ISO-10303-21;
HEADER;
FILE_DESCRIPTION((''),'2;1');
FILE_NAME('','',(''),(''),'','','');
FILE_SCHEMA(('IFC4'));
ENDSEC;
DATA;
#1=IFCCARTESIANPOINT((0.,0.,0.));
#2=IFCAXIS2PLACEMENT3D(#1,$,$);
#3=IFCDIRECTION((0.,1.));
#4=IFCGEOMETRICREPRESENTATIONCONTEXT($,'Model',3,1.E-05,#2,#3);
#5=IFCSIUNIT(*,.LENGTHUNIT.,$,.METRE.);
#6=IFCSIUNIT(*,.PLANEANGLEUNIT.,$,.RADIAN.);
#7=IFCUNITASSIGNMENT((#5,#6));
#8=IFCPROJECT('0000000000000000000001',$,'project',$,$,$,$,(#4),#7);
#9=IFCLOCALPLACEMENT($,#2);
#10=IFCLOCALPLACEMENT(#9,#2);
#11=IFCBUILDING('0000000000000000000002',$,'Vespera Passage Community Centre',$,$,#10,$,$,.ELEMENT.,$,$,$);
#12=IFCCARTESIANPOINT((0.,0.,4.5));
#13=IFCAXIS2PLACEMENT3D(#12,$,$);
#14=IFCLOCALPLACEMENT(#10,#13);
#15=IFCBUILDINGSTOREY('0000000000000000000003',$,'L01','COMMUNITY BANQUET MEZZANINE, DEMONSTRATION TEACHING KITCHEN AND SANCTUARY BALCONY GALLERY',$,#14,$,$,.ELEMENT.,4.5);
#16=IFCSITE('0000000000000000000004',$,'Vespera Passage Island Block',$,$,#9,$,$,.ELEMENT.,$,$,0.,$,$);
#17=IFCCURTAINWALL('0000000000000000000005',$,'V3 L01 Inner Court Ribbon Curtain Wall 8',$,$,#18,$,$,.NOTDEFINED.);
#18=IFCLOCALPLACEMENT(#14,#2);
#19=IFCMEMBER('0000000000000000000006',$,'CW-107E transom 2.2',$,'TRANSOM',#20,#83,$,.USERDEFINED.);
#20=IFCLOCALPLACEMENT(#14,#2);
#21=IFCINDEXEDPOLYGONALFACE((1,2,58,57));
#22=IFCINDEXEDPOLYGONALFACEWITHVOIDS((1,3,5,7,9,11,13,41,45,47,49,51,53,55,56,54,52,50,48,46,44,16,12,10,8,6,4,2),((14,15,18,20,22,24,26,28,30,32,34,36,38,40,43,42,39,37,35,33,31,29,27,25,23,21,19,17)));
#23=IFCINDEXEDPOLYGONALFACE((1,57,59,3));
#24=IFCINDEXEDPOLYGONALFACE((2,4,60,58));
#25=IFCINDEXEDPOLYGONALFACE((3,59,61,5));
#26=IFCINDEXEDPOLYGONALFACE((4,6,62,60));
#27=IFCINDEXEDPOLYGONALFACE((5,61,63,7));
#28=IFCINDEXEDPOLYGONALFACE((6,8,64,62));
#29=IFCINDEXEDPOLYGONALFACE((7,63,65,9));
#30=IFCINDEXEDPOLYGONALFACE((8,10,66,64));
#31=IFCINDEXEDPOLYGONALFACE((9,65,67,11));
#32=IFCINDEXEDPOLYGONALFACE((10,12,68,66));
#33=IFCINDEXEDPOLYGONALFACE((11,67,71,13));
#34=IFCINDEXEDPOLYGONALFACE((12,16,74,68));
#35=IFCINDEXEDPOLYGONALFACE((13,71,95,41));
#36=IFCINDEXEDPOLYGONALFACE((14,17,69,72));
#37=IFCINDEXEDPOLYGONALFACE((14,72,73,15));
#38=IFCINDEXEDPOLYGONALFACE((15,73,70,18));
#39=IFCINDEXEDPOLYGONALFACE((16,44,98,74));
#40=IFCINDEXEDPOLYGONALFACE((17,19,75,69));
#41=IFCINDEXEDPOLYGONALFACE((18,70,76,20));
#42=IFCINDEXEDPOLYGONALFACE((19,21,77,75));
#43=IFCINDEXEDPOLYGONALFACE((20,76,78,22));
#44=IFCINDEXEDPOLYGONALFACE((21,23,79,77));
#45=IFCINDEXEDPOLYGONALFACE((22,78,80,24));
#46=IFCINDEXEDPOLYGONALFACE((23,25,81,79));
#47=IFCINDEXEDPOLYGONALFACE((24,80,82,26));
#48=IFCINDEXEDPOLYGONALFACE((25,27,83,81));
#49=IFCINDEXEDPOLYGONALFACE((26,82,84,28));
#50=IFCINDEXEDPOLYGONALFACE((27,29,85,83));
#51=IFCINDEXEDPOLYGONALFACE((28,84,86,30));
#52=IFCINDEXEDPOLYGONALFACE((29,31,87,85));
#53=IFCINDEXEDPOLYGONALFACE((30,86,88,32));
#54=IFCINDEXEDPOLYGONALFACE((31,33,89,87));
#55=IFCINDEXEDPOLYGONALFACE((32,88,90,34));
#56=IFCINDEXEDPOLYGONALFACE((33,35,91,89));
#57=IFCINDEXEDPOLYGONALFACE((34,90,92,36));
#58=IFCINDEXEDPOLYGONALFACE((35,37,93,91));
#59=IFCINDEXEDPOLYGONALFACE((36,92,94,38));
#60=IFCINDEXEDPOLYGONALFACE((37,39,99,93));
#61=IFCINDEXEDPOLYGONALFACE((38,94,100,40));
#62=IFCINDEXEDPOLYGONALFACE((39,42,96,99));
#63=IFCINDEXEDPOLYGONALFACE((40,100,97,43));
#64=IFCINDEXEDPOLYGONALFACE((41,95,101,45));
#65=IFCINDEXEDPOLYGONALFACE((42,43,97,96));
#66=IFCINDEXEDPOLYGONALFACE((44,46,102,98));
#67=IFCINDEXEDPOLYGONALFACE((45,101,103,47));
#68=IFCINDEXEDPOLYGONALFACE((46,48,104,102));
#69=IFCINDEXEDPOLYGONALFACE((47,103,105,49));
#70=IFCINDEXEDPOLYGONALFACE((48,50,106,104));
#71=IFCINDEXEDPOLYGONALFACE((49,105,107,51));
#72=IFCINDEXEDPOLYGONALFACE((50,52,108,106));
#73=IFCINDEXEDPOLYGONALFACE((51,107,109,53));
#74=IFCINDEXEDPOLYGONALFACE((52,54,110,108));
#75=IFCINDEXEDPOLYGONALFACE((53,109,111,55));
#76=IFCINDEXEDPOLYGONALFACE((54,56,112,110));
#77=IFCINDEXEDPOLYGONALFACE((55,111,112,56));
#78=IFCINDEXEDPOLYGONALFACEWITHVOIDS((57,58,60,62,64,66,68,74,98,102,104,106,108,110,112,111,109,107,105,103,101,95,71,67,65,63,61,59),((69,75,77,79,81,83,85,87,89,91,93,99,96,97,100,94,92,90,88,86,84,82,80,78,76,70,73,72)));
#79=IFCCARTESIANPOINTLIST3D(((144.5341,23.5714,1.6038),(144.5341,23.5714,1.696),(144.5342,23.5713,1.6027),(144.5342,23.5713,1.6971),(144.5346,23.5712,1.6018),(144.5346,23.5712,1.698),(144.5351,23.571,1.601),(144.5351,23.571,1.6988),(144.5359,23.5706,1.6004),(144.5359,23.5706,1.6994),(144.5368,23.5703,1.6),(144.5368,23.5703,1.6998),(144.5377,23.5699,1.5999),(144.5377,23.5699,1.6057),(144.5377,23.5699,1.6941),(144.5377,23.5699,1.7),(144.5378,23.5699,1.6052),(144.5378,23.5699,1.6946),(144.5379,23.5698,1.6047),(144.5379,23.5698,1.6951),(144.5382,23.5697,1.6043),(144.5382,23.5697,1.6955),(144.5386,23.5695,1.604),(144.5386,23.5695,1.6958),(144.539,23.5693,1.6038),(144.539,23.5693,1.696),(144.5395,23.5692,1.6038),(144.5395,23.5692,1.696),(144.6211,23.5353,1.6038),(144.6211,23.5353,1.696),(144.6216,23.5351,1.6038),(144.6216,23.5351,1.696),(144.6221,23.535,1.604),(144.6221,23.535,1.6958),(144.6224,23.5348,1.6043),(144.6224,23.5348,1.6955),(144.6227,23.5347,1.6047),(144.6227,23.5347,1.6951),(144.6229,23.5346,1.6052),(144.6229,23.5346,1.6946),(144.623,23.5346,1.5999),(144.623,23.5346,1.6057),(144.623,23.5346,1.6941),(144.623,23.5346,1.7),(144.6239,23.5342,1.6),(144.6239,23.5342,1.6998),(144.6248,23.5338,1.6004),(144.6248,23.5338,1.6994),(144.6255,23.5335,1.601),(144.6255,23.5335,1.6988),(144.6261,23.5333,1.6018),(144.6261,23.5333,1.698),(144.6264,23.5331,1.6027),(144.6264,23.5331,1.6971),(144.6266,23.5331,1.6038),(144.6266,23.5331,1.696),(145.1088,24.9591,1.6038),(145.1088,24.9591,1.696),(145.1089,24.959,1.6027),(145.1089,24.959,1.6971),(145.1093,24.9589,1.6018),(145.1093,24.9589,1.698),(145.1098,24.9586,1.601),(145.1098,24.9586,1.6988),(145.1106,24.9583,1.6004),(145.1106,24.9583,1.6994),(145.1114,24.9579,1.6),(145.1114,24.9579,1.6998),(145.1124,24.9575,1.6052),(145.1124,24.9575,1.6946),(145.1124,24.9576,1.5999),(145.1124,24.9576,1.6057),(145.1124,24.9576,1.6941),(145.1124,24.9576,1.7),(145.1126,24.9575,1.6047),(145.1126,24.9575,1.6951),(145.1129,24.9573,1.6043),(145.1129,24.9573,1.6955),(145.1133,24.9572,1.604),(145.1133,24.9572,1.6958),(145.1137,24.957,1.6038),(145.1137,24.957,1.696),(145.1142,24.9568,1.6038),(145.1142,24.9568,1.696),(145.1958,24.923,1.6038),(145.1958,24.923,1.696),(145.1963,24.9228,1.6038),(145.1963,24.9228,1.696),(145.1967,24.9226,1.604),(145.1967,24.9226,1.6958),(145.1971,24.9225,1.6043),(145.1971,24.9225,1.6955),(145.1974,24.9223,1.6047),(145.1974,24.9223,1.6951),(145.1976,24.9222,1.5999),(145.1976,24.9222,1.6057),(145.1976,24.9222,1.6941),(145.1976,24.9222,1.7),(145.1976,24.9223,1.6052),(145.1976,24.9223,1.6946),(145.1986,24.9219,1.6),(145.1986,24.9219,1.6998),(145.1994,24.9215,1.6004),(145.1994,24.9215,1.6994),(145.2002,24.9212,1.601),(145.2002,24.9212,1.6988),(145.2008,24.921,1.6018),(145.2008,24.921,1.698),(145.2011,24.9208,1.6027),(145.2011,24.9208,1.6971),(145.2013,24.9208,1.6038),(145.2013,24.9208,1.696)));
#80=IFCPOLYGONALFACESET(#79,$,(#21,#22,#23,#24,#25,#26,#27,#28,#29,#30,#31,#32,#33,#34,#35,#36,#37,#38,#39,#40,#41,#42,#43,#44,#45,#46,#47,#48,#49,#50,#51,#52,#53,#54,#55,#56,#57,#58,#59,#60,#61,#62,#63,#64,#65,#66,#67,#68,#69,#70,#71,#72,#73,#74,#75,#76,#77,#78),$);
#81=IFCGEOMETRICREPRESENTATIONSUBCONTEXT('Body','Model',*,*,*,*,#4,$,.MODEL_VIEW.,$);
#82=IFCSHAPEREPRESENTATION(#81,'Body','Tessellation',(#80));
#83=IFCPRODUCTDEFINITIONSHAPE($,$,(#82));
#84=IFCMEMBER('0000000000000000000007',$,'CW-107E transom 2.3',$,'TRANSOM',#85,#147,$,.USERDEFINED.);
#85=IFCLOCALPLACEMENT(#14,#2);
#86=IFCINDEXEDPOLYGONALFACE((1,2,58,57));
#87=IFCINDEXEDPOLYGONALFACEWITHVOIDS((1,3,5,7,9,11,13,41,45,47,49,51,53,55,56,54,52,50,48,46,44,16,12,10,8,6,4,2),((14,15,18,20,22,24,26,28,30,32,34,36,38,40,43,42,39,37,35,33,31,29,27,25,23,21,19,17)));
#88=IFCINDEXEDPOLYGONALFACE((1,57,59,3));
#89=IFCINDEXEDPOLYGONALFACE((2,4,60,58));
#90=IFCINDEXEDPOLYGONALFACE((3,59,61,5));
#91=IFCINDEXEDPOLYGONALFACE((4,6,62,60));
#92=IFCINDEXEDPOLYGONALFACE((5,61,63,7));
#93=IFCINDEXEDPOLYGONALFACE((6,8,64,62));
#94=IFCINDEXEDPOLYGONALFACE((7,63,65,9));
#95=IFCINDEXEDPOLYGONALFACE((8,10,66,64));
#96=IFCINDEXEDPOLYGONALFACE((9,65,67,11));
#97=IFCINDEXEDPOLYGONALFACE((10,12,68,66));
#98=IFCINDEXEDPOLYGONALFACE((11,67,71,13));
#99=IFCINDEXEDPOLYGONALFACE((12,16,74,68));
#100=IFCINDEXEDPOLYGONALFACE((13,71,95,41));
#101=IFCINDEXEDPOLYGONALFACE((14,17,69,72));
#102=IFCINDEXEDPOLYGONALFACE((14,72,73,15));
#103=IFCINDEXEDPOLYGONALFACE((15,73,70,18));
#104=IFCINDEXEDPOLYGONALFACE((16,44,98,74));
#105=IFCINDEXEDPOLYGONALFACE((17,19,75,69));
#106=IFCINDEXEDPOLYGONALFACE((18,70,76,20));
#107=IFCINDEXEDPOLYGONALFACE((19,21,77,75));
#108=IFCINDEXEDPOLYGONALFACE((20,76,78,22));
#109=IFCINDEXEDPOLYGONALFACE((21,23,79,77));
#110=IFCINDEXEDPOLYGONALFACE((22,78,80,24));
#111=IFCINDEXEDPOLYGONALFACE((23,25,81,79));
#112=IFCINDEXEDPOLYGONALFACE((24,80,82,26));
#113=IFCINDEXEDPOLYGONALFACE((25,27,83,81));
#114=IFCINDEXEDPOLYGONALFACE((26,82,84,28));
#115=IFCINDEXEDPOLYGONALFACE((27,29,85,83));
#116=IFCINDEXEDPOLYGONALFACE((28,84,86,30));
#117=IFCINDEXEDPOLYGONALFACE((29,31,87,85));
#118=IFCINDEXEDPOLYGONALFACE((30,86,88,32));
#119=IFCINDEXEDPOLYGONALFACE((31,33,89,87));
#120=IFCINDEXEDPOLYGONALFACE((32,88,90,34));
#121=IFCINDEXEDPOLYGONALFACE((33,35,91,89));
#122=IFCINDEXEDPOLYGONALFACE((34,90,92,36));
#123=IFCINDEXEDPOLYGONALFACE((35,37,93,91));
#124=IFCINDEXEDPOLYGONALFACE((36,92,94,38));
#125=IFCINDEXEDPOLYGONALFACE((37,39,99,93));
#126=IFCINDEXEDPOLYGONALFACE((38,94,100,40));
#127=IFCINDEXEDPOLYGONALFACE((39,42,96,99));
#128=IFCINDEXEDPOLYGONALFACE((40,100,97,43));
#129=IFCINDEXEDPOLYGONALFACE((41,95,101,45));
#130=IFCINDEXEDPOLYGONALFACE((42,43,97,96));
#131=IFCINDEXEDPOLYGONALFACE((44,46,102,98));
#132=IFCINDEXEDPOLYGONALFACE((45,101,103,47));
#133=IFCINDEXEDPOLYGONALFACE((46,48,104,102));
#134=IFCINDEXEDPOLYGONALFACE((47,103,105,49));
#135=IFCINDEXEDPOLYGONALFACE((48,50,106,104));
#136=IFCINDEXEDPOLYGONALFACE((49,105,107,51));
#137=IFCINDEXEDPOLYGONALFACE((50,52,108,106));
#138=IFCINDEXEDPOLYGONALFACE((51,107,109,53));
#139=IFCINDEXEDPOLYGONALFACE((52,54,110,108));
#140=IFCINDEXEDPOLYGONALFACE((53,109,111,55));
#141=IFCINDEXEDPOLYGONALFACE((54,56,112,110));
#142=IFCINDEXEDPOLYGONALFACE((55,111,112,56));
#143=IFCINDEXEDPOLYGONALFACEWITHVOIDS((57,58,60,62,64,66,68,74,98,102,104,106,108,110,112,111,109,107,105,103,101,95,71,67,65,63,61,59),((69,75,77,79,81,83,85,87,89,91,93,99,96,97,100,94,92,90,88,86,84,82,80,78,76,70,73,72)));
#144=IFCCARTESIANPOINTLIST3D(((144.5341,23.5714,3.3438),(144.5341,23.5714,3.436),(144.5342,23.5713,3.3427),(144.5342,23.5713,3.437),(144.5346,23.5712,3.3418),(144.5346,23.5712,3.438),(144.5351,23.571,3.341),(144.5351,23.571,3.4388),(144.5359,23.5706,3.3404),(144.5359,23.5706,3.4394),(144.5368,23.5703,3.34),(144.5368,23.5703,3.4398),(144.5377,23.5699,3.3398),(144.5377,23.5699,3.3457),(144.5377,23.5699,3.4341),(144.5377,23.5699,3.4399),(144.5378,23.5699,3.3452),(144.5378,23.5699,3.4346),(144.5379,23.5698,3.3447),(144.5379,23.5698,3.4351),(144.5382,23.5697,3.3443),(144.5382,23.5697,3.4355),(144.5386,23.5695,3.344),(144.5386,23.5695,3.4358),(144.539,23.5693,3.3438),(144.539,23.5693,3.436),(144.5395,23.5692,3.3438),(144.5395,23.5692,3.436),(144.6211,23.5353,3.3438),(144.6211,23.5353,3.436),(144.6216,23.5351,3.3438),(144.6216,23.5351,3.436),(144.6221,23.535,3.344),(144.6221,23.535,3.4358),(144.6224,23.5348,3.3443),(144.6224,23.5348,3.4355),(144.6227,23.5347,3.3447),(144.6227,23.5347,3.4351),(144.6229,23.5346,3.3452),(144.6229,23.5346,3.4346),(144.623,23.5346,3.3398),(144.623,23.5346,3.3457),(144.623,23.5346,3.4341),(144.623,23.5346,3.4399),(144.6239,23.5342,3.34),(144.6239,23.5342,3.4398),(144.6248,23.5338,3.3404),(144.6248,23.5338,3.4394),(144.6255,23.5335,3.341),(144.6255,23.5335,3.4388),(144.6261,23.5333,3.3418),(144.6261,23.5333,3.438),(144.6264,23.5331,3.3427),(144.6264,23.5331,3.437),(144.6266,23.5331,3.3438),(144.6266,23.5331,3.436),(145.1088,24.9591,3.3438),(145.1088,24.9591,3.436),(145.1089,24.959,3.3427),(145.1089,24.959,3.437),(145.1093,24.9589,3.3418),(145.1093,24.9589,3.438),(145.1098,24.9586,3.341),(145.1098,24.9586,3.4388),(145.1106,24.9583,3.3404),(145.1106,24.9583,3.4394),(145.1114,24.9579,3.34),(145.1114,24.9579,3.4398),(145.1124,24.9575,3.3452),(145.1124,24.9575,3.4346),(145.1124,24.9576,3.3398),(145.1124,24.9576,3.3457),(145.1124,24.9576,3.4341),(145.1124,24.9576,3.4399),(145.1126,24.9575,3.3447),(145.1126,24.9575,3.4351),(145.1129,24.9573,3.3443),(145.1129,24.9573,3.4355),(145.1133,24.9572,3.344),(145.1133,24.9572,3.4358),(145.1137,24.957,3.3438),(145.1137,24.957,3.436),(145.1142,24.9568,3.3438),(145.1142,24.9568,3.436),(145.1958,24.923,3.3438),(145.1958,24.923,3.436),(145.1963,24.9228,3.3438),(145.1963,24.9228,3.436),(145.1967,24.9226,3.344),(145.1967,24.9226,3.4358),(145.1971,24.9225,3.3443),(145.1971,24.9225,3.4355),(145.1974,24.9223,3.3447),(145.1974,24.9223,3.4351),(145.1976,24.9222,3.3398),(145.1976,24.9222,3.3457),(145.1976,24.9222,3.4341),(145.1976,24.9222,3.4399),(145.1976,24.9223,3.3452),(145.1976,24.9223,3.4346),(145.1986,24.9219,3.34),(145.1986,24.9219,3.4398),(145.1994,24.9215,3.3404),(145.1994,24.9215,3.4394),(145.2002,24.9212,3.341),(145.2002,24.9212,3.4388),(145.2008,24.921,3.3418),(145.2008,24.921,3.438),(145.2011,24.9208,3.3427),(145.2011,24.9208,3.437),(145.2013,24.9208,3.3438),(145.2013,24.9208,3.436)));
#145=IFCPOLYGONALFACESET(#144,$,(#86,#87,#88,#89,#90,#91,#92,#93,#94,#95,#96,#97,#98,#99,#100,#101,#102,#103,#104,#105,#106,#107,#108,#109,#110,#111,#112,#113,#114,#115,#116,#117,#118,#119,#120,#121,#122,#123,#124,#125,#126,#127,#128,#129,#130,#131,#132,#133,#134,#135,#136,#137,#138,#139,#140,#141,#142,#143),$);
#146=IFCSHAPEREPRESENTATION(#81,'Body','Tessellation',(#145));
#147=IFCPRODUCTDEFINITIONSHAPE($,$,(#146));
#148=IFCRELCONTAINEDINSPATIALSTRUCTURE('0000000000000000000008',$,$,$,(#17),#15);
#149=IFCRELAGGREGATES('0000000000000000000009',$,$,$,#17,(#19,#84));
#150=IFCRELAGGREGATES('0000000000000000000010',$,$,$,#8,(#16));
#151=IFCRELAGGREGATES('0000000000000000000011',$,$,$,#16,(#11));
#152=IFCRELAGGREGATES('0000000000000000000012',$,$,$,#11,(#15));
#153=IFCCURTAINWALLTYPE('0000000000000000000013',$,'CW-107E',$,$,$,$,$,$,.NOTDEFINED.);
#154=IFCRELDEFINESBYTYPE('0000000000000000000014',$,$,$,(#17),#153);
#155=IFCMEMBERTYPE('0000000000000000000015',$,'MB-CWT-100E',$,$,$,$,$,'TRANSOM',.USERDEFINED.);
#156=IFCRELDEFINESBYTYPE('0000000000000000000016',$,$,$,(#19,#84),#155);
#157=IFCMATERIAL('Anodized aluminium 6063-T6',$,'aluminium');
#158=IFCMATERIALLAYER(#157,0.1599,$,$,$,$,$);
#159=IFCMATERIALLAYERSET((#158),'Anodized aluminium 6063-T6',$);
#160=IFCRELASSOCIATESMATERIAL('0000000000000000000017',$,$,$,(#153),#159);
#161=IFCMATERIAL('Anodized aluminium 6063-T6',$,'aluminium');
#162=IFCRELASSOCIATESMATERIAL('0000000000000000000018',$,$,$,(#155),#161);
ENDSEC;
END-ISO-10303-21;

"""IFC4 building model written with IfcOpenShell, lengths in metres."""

from ifc_helpers import new_model, si_unit, direction, frame, origin, origin_2d, place, context, subcontext, project, spatial, hollow_rectangle, extrude, material, layer, layer_set, material_profile, profile_set, type_object, element, aggregate, save


model = new_model("IFC4")

# Units and contexts
model_context = context("Model", 3, precision=1e-05, world=origin(), true_north=direction((0.0, 1.0)))
body_context = subcontext(model_context, "Body", "Model", "MODEL_VIEW")
ifc_project = project(units=[si_unit("LENGTHUNIT", "METRE"), si_unit("PLANEANGLEUNIT", "RADIAN")], contexts=[model_context])

# Site, building, storey
site_placement = place(None, origin())
site = spatial("IfcSite", under=ifc_project, at=site_placement, Name="Vespera Passage Island Block", CompositionType="ELEMENT", RefElevation=0.0)
building_placement = place(site_placement, origin())
building = spatial("IfcBuilding", under=site, at=building_placement, Name="Vespera Passage Community Centre", CompositionType="ELEMENT")
storey_placement = place(building_placement, frame((0.0, 0.0, 4.5)))
storey = spatial("IfcBuildingStorey", under=building, at=storey_placement, Name="L01", Description="COMMUNITY BANQUET MEZZANINE, DEMONSTRATION TEACHING KITCHEN AND SANCTUARY BALCONY GALLERY", CompositionType="ELEMENT", Elevation=4.5)

# Shared definitions
ifc_material_1 = material(Name="Anodized aluminium 6063-T6", Category="aluminium")
ifc_layer_1 = layer(ifc_material_1, 0.1599)
ifc_layer_set_1 = layer_set([ifc_layer_1], Name="Anodized aluminium 6063-T6")
curtain_wall_type = type_object("IfcCurtainWallType", Name="CW-107E", PredefinedType="NOTDEFINED", material=ifc_layer_set_1)

# Curtain wall
curtain_wall_1_placement = place(storey_placement, origin())
curtain_wall_1 = element("IfcCurtainWall", 1, at=curtain_wall_1_placement, inside=storey, type_object=curtain_wall_type, Name="V3 L01 Inner Court Ribbon Curtain Wall 8", PredefinedType="NOTDEFINED")

# Members
ifc_material_2 = material(Name="Anodized aluminium 6063-T6", Category="aluminium")
ifc_material_profile_1 = material_profile(ifc_material_2, hollow_rectangle(XDim=0.1001, YDim=0.1001, WallThickness=0.0039, InnerFilletRadius=0.002, OuterFilletRadius=0.0039, at=origin_2d()), Name="ALU100X100X4")
ifc_profile_set_1 = profile_set([ifc_material_profile_1], Name="Anodized aluminium 6063-T6")
member_type_1 = type_object("IfcMemberType", Name="MB-CWT-100E", ElementType="TRANSOM", PredefinedType="USERDEFINED", material=ifc_profile_set_1)
member_1_placement = place(storey_placement, frame((144.5803, 23.5522, 1.6499), z_axis=(0.382629, 0.923902, 0.0), x_axis=(-0.923902, 0.382629, 0.0)))
member_1 = element("IfcMember", 2, at=member_1_placement, type_object=member_type_1, Name="CW-107E transom 2.2", ObjectType="TRANSOM", PredefinedType="USERDEFINED", context=body_context, shape_type="SweptSolid", body=[
    extrude(hollow_rectangle(XDim=0.1001, YDim=0.1001, WallThickness=0.0039, InnerFilletRadius=0.002, OuterFilletRadius=0.0039, at=origin_2d()), origin(), (0.0, 0.0, 1.0), 1.502),
])
member_2_placement = place(storey_placement, frame((144.5803, 23.5522, 3.3899), z_axis=(0.382629, 0.923902, 0.0), x_axis=(-0.923902, 0.382629, 0.0)))
member_2 = element("IfcMember", 3, at=member_2_placement, type_object=member_type_1, Name="CW-107E transom 2.3", ObjectType="TRANSOM", PredefinedType="USERDEFINED", context=body_context, shape_type="SweptSolid", body=[
    extrude(hollow_rectangle(XDim=0.1001, YDim=0.1001, WallThickness=0.0039, InnerFilletRadius=0.002, OuterFilletRadius=0.0039, at=origin_2d()), origin(), (0.0, 0.0, 1.0), 1.502),
])

aggregate(curtain_wall_1, [member_1, member_2])

save(model, "model.ifc")
